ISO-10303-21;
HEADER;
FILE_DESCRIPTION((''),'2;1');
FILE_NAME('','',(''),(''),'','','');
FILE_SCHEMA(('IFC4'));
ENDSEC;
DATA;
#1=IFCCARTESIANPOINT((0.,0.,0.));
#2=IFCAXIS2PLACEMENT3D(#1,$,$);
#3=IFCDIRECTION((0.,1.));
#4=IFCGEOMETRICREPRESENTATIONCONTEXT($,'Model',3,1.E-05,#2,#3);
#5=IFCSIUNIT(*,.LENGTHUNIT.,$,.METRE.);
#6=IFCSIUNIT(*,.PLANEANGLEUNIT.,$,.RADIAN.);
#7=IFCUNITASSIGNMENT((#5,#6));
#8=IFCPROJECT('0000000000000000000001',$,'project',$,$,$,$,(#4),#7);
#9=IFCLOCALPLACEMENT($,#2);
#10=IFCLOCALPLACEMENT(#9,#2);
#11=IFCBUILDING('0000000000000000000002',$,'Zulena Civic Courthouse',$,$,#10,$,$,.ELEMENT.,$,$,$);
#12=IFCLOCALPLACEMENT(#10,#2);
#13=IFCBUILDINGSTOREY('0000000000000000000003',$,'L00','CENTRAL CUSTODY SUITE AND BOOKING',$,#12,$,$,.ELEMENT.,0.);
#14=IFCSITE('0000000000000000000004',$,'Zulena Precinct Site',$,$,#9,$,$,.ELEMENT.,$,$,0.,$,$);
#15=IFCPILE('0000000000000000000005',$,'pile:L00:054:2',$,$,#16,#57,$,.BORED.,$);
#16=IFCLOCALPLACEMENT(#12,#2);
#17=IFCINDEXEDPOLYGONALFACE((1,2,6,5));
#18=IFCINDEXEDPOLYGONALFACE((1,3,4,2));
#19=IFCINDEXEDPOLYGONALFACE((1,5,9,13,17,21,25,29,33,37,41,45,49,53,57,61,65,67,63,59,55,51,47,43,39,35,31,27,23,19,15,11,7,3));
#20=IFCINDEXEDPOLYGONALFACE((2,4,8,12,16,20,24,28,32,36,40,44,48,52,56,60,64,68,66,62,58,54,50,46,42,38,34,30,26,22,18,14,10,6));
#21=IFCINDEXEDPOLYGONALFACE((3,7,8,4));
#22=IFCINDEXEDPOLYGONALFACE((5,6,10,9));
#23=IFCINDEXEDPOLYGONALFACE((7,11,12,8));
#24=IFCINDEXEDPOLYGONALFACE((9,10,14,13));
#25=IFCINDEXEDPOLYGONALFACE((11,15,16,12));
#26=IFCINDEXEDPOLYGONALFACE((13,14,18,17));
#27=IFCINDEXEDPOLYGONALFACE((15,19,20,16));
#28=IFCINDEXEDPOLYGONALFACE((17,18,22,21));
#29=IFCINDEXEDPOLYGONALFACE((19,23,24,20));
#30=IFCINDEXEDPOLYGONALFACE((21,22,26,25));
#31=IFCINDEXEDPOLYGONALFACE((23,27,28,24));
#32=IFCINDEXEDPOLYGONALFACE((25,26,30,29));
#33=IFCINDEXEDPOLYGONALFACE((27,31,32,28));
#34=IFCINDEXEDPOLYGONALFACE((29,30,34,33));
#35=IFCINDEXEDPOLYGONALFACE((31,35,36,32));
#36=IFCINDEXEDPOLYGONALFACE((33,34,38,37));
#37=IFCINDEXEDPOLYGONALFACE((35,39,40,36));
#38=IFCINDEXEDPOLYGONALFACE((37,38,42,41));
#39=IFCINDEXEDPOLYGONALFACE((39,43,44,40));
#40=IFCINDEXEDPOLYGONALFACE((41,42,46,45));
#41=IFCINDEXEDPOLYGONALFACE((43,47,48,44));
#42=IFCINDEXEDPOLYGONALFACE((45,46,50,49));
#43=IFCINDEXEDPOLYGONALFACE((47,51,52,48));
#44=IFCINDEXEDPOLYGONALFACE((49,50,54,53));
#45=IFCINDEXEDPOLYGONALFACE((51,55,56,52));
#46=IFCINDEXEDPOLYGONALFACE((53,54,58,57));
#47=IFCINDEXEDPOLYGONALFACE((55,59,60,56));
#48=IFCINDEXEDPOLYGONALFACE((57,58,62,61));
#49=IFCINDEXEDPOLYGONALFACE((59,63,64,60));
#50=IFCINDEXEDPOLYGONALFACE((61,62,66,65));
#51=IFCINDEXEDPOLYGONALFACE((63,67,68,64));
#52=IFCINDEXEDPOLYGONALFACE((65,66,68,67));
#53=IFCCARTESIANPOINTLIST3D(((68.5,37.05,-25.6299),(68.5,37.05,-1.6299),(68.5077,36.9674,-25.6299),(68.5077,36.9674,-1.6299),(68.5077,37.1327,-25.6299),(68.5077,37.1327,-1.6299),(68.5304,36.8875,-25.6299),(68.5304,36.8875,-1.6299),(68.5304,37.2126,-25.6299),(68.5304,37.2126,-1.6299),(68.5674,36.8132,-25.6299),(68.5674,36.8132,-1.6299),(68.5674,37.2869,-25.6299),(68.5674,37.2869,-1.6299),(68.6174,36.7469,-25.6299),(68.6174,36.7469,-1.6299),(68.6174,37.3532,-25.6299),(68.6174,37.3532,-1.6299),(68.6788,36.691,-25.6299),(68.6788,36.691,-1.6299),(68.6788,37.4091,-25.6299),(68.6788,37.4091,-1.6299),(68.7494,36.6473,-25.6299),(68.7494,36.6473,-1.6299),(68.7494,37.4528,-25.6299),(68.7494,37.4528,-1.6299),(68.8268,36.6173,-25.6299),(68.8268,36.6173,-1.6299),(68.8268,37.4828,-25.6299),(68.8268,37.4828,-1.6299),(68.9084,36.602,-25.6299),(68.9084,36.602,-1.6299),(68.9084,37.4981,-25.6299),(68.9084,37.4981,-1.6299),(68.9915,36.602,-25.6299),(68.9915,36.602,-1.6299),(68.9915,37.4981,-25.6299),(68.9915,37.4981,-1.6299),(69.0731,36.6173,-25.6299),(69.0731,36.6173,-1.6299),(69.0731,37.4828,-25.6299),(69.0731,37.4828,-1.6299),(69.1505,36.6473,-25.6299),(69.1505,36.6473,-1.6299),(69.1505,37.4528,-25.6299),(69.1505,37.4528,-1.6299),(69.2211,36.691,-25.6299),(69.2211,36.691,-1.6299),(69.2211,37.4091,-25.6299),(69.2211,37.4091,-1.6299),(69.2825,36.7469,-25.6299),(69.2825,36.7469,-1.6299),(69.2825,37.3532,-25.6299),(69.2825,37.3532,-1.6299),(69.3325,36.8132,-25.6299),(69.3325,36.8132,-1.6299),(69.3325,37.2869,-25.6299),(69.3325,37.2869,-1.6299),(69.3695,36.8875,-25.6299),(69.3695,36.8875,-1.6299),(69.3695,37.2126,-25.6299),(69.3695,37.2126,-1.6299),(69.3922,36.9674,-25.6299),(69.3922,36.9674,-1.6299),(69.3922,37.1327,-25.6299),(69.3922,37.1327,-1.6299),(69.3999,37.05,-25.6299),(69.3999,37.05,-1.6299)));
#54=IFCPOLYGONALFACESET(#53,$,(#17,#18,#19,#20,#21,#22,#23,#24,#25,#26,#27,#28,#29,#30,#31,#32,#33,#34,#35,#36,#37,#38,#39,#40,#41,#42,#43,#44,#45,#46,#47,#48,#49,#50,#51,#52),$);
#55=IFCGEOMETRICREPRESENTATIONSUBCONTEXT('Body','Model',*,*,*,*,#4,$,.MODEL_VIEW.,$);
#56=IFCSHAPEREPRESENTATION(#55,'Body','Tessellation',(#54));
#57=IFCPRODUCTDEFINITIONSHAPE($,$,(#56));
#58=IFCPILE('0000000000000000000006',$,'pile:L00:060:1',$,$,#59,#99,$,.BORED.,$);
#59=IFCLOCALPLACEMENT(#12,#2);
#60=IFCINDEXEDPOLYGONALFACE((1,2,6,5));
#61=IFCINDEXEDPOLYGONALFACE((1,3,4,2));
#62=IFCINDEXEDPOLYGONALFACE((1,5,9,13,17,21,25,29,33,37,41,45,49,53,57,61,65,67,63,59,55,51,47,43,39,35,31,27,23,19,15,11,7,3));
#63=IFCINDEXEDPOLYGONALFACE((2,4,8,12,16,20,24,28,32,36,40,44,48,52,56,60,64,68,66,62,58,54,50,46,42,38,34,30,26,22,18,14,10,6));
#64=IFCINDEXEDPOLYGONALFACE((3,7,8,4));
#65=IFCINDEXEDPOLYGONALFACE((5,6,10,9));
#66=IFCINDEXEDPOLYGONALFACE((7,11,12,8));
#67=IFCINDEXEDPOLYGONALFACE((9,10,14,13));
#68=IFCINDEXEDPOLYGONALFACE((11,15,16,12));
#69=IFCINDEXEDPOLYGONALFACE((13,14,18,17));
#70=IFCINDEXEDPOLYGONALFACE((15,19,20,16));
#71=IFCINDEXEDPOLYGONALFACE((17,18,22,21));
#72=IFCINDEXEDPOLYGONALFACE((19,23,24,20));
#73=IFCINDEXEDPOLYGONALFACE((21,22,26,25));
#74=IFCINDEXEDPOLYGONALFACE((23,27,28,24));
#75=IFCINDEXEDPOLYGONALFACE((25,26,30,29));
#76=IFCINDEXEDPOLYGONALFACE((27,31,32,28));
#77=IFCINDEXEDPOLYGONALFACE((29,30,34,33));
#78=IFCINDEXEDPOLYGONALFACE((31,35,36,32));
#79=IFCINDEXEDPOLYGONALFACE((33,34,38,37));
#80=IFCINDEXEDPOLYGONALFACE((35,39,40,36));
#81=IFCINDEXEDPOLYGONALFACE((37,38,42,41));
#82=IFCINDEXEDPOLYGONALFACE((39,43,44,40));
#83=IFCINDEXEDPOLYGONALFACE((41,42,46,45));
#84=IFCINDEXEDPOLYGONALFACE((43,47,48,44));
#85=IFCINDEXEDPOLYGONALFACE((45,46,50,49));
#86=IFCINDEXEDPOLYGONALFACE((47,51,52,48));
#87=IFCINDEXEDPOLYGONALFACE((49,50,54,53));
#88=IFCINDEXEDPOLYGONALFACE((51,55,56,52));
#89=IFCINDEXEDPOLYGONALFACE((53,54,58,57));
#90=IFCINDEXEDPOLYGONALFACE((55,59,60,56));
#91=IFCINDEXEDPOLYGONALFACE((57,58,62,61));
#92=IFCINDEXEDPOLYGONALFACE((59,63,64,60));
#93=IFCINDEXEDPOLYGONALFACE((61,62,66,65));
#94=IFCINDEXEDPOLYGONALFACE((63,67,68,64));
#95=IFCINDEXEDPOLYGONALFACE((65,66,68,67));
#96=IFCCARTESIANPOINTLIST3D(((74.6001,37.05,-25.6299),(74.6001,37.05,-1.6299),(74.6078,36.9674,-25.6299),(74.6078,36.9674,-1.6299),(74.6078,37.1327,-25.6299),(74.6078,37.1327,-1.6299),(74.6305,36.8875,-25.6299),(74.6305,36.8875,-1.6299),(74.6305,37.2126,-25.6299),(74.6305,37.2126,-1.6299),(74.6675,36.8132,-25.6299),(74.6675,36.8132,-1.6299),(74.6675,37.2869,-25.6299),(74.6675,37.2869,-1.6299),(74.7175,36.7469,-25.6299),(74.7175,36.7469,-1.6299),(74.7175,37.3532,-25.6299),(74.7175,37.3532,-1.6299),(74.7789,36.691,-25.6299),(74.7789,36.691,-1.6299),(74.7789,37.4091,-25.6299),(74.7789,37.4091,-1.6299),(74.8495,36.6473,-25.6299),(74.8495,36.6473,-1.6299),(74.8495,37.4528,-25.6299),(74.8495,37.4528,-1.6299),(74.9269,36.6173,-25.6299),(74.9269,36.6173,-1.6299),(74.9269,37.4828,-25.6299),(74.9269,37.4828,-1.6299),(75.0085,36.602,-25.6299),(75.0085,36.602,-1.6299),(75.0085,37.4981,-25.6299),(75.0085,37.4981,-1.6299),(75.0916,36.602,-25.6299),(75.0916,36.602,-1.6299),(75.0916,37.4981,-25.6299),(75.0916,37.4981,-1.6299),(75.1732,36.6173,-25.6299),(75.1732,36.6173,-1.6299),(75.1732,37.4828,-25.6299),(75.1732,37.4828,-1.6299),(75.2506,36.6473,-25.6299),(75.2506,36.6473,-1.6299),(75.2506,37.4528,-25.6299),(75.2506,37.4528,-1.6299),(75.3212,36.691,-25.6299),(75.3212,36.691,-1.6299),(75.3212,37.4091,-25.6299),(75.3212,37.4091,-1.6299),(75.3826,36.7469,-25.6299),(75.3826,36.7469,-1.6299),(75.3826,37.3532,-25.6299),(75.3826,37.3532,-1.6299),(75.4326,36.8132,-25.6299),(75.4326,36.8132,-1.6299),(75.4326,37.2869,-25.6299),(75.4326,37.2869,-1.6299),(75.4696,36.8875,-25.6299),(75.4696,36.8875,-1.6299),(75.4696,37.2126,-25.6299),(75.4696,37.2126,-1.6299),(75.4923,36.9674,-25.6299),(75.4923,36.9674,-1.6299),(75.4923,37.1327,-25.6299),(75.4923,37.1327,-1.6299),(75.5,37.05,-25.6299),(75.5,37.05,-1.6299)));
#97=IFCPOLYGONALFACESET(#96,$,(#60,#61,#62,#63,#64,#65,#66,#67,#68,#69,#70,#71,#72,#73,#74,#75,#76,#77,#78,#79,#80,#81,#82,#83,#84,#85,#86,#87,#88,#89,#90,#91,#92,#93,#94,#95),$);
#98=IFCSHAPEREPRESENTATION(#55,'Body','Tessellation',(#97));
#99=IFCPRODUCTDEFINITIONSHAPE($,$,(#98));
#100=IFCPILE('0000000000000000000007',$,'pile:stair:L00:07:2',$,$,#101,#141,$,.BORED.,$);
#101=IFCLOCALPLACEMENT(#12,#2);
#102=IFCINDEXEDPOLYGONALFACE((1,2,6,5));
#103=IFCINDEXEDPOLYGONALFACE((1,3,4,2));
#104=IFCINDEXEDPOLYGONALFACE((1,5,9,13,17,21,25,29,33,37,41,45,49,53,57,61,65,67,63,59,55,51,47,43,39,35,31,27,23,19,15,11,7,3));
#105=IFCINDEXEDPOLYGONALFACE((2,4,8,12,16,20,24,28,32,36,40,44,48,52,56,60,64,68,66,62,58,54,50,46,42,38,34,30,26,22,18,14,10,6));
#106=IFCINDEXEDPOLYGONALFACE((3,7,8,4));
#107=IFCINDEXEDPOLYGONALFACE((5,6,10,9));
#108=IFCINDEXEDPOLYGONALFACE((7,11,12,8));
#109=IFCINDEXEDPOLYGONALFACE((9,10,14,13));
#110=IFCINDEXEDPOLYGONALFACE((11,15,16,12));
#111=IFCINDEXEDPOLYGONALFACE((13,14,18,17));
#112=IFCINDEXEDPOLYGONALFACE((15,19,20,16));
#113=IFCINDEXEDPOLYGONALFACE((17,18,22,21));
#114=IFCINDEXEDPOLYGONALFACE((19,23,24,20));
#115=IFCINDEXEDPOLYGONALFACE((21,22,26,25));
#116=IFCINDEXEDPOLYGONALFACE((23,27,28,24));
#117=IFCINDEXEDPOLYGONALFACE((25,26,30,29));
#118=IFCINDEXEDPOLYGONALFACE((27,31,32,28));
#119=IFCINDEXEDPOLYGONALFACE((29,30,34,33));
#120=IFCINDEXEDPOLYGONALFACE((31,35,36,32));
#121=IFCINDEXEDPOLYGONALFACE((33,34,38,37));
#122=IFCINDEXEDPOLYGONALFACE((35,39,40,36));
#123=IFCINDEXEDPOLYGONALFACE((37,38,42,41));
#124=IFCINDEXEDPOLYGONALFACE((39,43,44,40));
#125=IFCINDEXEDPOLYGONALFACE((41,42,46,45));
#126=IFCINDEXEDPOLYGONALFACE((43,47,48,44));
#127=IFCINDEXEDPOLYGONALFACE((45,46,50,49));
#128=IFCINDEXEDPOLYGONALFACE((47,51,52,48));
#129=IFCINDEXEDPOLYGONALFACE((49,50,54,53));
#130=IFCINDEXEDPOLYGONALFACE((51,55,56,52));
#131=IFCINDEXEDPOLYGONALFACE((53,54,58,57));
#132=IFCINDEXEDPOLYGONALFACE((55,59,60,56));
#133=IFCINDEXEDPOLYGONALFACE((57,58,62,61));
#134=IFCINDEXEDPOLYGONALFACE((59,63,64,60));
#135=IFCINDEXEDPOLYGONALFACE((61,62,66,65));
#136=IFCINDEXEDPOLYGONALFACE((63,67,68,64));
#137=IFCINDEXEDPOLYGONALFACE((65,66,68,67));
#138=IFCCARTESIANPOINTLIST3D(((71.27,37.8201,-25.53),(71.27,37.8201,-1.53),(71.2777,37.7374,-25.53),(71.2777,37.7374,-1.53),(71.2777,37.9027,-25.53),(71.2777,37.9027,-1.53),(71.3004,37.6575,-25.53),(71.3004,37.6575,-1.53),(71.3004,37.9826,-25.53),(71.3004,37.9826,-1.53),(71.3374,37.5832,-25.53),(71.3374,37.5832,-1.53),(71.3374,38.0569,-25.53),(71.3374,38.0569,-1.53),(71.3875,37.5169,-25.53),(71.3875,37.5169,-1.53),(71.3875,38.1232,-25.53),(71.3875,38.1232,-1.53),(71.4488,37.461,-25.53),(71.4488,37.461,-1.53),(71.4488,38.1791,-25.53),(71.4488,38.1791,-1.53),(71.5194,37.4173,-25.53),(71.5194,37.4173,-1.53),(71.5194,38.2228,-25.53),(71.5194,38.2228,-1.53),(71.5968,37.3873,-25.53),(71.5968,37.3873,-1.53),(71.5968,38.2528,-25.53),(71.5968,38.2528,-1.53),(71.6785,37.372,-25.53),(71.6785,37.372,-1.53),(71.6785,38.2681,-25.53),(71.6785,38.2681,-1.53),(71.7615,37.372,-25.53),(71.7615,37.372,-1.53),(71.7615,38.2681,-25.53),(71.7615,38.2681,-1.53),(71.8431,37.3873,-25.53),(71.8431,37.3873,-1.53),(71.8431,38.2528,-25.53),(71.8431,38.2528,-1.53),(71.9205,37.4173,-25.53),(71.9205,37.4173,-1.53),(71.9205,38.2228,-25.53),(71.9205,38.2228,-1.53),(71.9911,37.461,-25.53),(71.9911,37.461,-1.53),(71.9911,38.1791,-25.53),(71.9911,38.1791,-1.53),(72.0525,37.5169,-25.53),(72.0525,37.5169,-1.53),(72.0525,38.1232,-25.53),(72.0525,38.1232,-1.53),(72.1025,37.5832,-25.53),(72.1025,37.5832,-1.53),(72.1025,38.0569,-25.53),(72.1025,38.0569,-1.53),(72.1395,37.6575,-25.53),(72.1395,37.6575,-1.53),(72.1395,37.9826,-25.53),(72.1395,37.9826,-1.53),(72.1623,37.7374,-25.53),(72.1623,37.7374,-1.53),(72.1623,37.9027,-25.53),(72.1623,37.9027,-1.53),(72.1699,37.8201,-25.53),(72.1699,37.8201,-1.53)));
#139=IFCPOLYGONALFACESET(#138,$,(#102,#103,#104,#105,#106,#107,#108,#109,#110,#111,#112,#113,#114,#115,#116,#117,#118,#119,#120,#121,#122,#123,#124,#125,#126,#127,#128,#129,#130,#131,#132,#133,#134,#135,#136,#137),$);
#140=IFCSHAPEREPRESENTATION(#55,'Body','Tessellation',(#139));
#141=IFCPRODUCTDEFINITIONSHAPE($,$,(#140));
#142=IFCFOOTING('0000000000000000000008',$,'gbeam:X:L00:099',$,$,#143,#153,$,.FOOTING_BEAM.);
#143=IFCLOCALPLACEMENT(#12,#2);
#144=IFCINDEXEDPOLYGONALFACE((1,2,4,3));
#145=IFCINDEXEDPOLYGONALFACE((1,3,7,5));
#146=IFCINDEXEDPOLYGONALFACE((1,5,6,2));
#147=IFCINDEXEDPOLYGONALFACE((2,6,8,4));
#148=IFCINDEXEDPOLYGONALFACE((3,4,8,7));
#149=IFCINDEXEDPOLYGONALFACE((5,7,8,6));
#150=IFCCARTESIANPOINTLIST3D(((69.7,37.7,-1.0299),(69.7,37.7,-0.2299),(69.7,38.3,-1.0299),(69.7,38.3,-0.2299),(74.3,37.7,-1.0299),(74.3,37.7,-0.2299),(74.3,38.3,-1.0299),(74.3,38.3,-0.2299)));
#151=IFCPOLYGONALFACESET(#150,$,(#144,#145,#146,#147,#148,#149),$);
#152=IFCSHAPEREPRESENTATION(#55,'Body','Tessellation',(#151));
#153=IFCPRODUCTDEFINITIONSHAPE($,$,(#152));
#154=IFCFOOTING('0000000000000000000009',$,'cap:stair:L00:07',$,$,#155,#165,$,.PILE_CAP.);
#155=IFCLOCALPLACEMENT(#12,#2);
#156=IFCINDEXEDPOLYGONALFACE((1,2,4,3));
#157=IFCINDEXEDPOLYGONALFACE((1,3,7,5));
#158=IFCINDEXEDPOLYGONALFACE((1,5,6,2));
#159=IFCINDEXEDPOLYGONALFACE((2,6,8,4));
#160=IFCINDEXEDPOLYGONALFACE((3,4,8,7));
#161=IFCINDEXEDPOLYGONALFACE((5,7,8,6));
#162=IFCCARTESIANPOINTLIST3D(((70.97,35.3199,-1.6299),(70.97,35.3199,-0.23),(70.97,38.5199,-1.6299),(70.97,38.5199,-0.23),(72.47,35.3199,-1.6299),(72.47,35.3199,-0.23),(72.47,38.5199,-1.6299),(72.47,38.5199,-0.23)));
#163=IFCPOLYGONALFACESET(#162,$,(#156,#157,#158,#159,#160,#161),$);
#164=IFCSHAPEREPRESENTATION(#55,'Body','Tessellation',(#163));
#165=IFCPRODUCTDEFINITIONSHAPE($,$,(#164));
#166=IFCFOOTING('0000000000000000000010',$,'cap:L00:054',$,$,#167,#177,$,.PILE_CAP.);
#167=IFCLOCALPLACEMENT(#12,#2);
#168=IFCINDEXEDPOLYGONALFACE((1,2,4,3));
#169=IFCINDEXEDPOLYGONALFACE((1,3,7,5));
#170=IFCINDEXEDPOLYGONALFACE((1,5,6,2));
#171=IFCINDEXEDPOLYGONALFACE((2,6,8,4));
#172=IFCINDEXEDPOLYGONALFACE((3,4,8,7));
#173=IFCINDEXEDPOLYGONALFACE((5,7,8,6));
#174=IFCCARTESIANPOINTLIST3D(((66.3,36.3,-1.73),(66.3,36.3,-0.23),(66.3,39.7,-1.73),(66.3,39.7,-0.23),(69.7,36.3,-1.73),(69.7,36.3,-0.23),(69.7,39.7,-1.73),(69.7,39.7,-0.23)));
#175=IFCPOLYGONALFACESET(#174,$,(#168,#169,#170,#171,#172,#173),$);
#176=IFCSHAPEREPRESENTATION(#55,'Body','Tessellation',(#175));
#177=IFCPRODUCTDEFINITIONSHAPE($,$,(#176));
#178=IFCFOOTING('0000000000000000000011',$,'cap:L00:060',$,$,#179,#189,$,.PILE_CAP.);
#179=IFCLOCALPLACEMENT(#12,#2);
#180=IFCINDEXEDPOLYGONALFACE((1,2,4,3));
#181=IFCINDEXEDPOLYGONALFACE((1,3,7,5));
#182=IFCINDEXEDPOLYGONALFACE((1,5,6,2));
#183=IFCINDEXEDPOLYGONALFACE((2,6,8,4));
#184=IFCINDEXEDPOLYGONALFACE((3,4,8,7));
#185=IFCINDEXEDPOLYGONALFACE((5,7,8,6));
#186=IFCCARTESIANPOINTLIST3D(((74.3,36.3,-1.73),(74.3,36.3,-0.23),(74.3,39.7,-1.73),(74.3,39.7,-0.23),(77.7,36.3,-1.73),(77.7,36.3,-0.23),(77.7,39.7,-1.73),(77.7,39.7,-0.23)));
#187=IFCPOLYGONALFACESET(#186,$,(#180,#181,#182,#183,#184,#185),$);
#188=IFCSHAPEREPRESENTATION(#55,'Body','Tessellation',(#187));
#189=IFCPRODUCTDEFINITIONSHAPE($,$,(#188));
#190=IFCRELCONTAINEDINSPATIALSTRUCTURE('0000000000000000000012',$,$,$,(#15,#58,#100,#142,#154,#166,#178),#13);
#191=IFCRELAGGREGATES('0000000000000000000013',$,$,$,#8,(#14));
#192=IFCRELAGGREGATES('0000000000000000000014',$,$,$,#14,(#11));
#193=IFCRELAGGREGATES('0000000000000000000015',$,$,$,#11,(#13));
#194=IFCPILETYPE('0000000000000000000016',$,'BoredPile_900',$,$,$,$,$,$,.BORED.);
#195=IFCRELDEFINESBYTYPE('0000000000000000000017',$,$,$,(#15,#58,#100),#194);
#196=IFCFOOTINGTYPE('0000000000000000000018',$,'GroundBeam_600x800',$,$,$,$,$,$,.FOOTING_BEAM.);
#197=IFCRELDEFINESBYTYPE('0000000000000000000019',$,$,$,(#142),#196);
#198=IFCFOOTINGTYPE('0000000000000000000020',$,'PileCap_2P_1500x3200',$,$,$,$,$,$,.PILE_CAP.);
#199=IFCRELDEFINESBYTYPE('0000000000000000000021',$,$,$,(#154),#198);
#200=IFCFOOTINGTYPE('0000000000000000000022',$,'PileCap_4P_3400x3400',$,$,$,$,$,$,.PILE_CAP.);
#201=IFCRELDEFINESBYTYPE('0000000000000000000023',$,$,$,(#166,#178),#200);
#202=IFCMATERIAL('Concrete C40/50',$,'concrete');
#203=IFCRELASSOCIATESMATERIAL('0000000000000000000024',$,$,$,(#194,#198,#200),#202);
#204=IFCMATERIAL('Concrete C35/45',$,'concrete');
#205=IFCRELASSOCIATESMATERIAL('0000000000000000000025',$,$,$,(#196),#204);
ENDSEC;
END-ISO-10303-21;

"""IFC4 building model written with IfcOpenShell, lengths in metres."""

from ifc_helpers import new_model, si_unit, direction, frame, origin, origin_2d, place, context, subcontext, project, spatial, rectangle, circle, extrude, material, material_profile, profile_set, type_object, element, save


model = new_model("IFC4")

# Units and contexts
model_context = context("Model", 3, precision=1e-05, world=origin(), true_north=direction((0.0, 1.0)))
body_context = subcontext(model_context, "Body", "Model", "MODEL_VIEW")
ifc_project = project(units=[si_unit("LENGTHUNIT", "METRE"), si_unit("PLANEANGLEUNIT", "RADIAN")], contexts=[model_context])

# Site, building, storey
site_placement = place(None, origin())
site = spatial("IfcSite", under=ifc_project, at=site_placement, Name="Zulena Precinct Site", CompositionType="ELEMENT", RefElevation=0.0)
building_placement = place(site_placement, origin())
building = spatial("IfcBuilding", under=site, at=building_placement, Name="Zulena Civic Courthouse", CompositionType="ELEMENT")
storey_placement = place(building_placement, origin())
storey = spatial("IfcBuildingStorey", under=building, at=storey_placement, Name="L00", Description="CENTRAL CUSTODY SUITE AND BOOKING", CompositionType="ELEMENT", Elevation=0.0)

# Piles
ifc_material_1 = material(Name="Concrete C40/50", Category="concrete")
ifc_material_profile_1 = material_profile(ifc_material_1, circle(Radius=0.45, at=origin_2d()), Name="PILE900")
ifc_profile_set_1 = profile_set([ifc_material_profile_1], Name="Concrete C40/50")
pile_type = type_object("IfcPileType", Name="BoredPile_900", PredefinedType="BORED", material=ifc_profile_set_1)
for number, where, z_axis, x_axis, name in (
    (1, (68.95, 37.05, -1.6299), (0.0, 0.0, -1.0), (1.0, 0.0, 0.0), "pile:L00:054:2"),
    (2, (75.05, 37.05, -1.6299), (0.0, 0.0, -1.0), (1.0, 0.0, 0.0), "pile:L00:060:1"),
    (3, (71.72, 37.8201, -1.53), (0.0, 0.0, -1.0), (1.0, 0.0, 0.0), "pile:stair:L00:07:2"),
):
    element("IfcPile", number, at=place(storey_placement, frame(where, z_axis=z_axis, x_axis=x_axis)), inside=storey, type_object=pile_type, Name=name, PredefinedType="BORED", context=body_context, shape_type="SweptSolid", body=[
        extrude(circle(Radius=0.45, at=origin_2d()), origin(), (0.0, 0.0, 1.0), 24.0),
    ])

# Footings
ifc_material_2 = material(Name="Concrete C35/45", Category="concrete")
ifc_material_profile_2 = material_profile(ifc_material_2, rectangle(XDim=0.6001, YDim=0.8, at=origin_2d()), Name="RC600X800")
ifc_profile_set_2 = profile_set([ifc_material_profile_2], Name="Concrete C35/45")
footing_type_1 = type_object("IfcFootingType", Name="GroundBeam_600x800", PredefinedType="FOOTING_BEAM", material=ifc_profile_set_2)
footing_1_placement = place(storey_placement, frame((69.7, 38.0, -0.6299), z_axis=(1.0, 0.0, 0.0), x_axis=(0.0, 1.0, 0.0)))
element("IfcFooting", 4, at=footing_1_placement, inside=storey, type_object=footing_type_1, Name="gbeam:X:L00:099", PredefinedType="FOOTING_BEAM", context=body_context, shape_type="SweptSolid", body=[
    extrude(rectangle(XDim=0.6001, YDim=0.8, at=origin_2d()), origin(), (0.0, 0.0, 1.0), 4.6001),
])
footing_type_2 = type_object("IfcFootingType", Name="PileCap_2P_1500x3200", PredefinedType="PILE_CAP", material=ifc_material_1)
footing_2_placement = place(storey_placement, frame((71.72, 36.9199, -1.6299), z_axis=(0.0, 0.0, 1.0), x_axis=(1.0, 0.0, 0.0)))
element("IfcFooting", 5, at=footing_2_placement, inside=storey, type_object=footing_type_2, Name="cap:stair:L00:07", PredefinedType="PILE_CAP", context=body_context, shape_type="SweptSolid", body=[
    extrude(rectangle(XDim=1.5, YDim=3.2, at=origin_2d()), origin(), (0.0, 0.0, 1.0), 1.3999),
])
footing_type_3 = type_object("IfcFootingType", Name="PileCap_4P_3400x3400", PredefinedType="PILE_CAP", material=ifc_material_1)
for number, where, z_axis, x_axis, name in (
    (6, (68.0, 38.0, -1.73), (0.0, 0.0, 1.0), (1.0, 0.0, 0.0), "cap:L00:054"),
    (7, (76.0, 38.0, -1.73), (0.0, 0.0, 1.0), (1.0, 0.0, 0.0), "cap:L00:060"),
):
    element("IfcFooting", number, at=place(storey_placement, frame(where, z_axis=z_axis, x_axis=x_axis)), inside=storey, type_object=footing_type_3, Name=name, PredefinedType="PILE_CAP", context=body_context, shape_type="SweptSolid", body=[
        extrude(rectangle(XDim=3.3999, YDim=3.3999, at=origin_2d()), origin(), (0.0, 0.0, 1.0), 1.5),
    ])

save(model, "model.ifc")
